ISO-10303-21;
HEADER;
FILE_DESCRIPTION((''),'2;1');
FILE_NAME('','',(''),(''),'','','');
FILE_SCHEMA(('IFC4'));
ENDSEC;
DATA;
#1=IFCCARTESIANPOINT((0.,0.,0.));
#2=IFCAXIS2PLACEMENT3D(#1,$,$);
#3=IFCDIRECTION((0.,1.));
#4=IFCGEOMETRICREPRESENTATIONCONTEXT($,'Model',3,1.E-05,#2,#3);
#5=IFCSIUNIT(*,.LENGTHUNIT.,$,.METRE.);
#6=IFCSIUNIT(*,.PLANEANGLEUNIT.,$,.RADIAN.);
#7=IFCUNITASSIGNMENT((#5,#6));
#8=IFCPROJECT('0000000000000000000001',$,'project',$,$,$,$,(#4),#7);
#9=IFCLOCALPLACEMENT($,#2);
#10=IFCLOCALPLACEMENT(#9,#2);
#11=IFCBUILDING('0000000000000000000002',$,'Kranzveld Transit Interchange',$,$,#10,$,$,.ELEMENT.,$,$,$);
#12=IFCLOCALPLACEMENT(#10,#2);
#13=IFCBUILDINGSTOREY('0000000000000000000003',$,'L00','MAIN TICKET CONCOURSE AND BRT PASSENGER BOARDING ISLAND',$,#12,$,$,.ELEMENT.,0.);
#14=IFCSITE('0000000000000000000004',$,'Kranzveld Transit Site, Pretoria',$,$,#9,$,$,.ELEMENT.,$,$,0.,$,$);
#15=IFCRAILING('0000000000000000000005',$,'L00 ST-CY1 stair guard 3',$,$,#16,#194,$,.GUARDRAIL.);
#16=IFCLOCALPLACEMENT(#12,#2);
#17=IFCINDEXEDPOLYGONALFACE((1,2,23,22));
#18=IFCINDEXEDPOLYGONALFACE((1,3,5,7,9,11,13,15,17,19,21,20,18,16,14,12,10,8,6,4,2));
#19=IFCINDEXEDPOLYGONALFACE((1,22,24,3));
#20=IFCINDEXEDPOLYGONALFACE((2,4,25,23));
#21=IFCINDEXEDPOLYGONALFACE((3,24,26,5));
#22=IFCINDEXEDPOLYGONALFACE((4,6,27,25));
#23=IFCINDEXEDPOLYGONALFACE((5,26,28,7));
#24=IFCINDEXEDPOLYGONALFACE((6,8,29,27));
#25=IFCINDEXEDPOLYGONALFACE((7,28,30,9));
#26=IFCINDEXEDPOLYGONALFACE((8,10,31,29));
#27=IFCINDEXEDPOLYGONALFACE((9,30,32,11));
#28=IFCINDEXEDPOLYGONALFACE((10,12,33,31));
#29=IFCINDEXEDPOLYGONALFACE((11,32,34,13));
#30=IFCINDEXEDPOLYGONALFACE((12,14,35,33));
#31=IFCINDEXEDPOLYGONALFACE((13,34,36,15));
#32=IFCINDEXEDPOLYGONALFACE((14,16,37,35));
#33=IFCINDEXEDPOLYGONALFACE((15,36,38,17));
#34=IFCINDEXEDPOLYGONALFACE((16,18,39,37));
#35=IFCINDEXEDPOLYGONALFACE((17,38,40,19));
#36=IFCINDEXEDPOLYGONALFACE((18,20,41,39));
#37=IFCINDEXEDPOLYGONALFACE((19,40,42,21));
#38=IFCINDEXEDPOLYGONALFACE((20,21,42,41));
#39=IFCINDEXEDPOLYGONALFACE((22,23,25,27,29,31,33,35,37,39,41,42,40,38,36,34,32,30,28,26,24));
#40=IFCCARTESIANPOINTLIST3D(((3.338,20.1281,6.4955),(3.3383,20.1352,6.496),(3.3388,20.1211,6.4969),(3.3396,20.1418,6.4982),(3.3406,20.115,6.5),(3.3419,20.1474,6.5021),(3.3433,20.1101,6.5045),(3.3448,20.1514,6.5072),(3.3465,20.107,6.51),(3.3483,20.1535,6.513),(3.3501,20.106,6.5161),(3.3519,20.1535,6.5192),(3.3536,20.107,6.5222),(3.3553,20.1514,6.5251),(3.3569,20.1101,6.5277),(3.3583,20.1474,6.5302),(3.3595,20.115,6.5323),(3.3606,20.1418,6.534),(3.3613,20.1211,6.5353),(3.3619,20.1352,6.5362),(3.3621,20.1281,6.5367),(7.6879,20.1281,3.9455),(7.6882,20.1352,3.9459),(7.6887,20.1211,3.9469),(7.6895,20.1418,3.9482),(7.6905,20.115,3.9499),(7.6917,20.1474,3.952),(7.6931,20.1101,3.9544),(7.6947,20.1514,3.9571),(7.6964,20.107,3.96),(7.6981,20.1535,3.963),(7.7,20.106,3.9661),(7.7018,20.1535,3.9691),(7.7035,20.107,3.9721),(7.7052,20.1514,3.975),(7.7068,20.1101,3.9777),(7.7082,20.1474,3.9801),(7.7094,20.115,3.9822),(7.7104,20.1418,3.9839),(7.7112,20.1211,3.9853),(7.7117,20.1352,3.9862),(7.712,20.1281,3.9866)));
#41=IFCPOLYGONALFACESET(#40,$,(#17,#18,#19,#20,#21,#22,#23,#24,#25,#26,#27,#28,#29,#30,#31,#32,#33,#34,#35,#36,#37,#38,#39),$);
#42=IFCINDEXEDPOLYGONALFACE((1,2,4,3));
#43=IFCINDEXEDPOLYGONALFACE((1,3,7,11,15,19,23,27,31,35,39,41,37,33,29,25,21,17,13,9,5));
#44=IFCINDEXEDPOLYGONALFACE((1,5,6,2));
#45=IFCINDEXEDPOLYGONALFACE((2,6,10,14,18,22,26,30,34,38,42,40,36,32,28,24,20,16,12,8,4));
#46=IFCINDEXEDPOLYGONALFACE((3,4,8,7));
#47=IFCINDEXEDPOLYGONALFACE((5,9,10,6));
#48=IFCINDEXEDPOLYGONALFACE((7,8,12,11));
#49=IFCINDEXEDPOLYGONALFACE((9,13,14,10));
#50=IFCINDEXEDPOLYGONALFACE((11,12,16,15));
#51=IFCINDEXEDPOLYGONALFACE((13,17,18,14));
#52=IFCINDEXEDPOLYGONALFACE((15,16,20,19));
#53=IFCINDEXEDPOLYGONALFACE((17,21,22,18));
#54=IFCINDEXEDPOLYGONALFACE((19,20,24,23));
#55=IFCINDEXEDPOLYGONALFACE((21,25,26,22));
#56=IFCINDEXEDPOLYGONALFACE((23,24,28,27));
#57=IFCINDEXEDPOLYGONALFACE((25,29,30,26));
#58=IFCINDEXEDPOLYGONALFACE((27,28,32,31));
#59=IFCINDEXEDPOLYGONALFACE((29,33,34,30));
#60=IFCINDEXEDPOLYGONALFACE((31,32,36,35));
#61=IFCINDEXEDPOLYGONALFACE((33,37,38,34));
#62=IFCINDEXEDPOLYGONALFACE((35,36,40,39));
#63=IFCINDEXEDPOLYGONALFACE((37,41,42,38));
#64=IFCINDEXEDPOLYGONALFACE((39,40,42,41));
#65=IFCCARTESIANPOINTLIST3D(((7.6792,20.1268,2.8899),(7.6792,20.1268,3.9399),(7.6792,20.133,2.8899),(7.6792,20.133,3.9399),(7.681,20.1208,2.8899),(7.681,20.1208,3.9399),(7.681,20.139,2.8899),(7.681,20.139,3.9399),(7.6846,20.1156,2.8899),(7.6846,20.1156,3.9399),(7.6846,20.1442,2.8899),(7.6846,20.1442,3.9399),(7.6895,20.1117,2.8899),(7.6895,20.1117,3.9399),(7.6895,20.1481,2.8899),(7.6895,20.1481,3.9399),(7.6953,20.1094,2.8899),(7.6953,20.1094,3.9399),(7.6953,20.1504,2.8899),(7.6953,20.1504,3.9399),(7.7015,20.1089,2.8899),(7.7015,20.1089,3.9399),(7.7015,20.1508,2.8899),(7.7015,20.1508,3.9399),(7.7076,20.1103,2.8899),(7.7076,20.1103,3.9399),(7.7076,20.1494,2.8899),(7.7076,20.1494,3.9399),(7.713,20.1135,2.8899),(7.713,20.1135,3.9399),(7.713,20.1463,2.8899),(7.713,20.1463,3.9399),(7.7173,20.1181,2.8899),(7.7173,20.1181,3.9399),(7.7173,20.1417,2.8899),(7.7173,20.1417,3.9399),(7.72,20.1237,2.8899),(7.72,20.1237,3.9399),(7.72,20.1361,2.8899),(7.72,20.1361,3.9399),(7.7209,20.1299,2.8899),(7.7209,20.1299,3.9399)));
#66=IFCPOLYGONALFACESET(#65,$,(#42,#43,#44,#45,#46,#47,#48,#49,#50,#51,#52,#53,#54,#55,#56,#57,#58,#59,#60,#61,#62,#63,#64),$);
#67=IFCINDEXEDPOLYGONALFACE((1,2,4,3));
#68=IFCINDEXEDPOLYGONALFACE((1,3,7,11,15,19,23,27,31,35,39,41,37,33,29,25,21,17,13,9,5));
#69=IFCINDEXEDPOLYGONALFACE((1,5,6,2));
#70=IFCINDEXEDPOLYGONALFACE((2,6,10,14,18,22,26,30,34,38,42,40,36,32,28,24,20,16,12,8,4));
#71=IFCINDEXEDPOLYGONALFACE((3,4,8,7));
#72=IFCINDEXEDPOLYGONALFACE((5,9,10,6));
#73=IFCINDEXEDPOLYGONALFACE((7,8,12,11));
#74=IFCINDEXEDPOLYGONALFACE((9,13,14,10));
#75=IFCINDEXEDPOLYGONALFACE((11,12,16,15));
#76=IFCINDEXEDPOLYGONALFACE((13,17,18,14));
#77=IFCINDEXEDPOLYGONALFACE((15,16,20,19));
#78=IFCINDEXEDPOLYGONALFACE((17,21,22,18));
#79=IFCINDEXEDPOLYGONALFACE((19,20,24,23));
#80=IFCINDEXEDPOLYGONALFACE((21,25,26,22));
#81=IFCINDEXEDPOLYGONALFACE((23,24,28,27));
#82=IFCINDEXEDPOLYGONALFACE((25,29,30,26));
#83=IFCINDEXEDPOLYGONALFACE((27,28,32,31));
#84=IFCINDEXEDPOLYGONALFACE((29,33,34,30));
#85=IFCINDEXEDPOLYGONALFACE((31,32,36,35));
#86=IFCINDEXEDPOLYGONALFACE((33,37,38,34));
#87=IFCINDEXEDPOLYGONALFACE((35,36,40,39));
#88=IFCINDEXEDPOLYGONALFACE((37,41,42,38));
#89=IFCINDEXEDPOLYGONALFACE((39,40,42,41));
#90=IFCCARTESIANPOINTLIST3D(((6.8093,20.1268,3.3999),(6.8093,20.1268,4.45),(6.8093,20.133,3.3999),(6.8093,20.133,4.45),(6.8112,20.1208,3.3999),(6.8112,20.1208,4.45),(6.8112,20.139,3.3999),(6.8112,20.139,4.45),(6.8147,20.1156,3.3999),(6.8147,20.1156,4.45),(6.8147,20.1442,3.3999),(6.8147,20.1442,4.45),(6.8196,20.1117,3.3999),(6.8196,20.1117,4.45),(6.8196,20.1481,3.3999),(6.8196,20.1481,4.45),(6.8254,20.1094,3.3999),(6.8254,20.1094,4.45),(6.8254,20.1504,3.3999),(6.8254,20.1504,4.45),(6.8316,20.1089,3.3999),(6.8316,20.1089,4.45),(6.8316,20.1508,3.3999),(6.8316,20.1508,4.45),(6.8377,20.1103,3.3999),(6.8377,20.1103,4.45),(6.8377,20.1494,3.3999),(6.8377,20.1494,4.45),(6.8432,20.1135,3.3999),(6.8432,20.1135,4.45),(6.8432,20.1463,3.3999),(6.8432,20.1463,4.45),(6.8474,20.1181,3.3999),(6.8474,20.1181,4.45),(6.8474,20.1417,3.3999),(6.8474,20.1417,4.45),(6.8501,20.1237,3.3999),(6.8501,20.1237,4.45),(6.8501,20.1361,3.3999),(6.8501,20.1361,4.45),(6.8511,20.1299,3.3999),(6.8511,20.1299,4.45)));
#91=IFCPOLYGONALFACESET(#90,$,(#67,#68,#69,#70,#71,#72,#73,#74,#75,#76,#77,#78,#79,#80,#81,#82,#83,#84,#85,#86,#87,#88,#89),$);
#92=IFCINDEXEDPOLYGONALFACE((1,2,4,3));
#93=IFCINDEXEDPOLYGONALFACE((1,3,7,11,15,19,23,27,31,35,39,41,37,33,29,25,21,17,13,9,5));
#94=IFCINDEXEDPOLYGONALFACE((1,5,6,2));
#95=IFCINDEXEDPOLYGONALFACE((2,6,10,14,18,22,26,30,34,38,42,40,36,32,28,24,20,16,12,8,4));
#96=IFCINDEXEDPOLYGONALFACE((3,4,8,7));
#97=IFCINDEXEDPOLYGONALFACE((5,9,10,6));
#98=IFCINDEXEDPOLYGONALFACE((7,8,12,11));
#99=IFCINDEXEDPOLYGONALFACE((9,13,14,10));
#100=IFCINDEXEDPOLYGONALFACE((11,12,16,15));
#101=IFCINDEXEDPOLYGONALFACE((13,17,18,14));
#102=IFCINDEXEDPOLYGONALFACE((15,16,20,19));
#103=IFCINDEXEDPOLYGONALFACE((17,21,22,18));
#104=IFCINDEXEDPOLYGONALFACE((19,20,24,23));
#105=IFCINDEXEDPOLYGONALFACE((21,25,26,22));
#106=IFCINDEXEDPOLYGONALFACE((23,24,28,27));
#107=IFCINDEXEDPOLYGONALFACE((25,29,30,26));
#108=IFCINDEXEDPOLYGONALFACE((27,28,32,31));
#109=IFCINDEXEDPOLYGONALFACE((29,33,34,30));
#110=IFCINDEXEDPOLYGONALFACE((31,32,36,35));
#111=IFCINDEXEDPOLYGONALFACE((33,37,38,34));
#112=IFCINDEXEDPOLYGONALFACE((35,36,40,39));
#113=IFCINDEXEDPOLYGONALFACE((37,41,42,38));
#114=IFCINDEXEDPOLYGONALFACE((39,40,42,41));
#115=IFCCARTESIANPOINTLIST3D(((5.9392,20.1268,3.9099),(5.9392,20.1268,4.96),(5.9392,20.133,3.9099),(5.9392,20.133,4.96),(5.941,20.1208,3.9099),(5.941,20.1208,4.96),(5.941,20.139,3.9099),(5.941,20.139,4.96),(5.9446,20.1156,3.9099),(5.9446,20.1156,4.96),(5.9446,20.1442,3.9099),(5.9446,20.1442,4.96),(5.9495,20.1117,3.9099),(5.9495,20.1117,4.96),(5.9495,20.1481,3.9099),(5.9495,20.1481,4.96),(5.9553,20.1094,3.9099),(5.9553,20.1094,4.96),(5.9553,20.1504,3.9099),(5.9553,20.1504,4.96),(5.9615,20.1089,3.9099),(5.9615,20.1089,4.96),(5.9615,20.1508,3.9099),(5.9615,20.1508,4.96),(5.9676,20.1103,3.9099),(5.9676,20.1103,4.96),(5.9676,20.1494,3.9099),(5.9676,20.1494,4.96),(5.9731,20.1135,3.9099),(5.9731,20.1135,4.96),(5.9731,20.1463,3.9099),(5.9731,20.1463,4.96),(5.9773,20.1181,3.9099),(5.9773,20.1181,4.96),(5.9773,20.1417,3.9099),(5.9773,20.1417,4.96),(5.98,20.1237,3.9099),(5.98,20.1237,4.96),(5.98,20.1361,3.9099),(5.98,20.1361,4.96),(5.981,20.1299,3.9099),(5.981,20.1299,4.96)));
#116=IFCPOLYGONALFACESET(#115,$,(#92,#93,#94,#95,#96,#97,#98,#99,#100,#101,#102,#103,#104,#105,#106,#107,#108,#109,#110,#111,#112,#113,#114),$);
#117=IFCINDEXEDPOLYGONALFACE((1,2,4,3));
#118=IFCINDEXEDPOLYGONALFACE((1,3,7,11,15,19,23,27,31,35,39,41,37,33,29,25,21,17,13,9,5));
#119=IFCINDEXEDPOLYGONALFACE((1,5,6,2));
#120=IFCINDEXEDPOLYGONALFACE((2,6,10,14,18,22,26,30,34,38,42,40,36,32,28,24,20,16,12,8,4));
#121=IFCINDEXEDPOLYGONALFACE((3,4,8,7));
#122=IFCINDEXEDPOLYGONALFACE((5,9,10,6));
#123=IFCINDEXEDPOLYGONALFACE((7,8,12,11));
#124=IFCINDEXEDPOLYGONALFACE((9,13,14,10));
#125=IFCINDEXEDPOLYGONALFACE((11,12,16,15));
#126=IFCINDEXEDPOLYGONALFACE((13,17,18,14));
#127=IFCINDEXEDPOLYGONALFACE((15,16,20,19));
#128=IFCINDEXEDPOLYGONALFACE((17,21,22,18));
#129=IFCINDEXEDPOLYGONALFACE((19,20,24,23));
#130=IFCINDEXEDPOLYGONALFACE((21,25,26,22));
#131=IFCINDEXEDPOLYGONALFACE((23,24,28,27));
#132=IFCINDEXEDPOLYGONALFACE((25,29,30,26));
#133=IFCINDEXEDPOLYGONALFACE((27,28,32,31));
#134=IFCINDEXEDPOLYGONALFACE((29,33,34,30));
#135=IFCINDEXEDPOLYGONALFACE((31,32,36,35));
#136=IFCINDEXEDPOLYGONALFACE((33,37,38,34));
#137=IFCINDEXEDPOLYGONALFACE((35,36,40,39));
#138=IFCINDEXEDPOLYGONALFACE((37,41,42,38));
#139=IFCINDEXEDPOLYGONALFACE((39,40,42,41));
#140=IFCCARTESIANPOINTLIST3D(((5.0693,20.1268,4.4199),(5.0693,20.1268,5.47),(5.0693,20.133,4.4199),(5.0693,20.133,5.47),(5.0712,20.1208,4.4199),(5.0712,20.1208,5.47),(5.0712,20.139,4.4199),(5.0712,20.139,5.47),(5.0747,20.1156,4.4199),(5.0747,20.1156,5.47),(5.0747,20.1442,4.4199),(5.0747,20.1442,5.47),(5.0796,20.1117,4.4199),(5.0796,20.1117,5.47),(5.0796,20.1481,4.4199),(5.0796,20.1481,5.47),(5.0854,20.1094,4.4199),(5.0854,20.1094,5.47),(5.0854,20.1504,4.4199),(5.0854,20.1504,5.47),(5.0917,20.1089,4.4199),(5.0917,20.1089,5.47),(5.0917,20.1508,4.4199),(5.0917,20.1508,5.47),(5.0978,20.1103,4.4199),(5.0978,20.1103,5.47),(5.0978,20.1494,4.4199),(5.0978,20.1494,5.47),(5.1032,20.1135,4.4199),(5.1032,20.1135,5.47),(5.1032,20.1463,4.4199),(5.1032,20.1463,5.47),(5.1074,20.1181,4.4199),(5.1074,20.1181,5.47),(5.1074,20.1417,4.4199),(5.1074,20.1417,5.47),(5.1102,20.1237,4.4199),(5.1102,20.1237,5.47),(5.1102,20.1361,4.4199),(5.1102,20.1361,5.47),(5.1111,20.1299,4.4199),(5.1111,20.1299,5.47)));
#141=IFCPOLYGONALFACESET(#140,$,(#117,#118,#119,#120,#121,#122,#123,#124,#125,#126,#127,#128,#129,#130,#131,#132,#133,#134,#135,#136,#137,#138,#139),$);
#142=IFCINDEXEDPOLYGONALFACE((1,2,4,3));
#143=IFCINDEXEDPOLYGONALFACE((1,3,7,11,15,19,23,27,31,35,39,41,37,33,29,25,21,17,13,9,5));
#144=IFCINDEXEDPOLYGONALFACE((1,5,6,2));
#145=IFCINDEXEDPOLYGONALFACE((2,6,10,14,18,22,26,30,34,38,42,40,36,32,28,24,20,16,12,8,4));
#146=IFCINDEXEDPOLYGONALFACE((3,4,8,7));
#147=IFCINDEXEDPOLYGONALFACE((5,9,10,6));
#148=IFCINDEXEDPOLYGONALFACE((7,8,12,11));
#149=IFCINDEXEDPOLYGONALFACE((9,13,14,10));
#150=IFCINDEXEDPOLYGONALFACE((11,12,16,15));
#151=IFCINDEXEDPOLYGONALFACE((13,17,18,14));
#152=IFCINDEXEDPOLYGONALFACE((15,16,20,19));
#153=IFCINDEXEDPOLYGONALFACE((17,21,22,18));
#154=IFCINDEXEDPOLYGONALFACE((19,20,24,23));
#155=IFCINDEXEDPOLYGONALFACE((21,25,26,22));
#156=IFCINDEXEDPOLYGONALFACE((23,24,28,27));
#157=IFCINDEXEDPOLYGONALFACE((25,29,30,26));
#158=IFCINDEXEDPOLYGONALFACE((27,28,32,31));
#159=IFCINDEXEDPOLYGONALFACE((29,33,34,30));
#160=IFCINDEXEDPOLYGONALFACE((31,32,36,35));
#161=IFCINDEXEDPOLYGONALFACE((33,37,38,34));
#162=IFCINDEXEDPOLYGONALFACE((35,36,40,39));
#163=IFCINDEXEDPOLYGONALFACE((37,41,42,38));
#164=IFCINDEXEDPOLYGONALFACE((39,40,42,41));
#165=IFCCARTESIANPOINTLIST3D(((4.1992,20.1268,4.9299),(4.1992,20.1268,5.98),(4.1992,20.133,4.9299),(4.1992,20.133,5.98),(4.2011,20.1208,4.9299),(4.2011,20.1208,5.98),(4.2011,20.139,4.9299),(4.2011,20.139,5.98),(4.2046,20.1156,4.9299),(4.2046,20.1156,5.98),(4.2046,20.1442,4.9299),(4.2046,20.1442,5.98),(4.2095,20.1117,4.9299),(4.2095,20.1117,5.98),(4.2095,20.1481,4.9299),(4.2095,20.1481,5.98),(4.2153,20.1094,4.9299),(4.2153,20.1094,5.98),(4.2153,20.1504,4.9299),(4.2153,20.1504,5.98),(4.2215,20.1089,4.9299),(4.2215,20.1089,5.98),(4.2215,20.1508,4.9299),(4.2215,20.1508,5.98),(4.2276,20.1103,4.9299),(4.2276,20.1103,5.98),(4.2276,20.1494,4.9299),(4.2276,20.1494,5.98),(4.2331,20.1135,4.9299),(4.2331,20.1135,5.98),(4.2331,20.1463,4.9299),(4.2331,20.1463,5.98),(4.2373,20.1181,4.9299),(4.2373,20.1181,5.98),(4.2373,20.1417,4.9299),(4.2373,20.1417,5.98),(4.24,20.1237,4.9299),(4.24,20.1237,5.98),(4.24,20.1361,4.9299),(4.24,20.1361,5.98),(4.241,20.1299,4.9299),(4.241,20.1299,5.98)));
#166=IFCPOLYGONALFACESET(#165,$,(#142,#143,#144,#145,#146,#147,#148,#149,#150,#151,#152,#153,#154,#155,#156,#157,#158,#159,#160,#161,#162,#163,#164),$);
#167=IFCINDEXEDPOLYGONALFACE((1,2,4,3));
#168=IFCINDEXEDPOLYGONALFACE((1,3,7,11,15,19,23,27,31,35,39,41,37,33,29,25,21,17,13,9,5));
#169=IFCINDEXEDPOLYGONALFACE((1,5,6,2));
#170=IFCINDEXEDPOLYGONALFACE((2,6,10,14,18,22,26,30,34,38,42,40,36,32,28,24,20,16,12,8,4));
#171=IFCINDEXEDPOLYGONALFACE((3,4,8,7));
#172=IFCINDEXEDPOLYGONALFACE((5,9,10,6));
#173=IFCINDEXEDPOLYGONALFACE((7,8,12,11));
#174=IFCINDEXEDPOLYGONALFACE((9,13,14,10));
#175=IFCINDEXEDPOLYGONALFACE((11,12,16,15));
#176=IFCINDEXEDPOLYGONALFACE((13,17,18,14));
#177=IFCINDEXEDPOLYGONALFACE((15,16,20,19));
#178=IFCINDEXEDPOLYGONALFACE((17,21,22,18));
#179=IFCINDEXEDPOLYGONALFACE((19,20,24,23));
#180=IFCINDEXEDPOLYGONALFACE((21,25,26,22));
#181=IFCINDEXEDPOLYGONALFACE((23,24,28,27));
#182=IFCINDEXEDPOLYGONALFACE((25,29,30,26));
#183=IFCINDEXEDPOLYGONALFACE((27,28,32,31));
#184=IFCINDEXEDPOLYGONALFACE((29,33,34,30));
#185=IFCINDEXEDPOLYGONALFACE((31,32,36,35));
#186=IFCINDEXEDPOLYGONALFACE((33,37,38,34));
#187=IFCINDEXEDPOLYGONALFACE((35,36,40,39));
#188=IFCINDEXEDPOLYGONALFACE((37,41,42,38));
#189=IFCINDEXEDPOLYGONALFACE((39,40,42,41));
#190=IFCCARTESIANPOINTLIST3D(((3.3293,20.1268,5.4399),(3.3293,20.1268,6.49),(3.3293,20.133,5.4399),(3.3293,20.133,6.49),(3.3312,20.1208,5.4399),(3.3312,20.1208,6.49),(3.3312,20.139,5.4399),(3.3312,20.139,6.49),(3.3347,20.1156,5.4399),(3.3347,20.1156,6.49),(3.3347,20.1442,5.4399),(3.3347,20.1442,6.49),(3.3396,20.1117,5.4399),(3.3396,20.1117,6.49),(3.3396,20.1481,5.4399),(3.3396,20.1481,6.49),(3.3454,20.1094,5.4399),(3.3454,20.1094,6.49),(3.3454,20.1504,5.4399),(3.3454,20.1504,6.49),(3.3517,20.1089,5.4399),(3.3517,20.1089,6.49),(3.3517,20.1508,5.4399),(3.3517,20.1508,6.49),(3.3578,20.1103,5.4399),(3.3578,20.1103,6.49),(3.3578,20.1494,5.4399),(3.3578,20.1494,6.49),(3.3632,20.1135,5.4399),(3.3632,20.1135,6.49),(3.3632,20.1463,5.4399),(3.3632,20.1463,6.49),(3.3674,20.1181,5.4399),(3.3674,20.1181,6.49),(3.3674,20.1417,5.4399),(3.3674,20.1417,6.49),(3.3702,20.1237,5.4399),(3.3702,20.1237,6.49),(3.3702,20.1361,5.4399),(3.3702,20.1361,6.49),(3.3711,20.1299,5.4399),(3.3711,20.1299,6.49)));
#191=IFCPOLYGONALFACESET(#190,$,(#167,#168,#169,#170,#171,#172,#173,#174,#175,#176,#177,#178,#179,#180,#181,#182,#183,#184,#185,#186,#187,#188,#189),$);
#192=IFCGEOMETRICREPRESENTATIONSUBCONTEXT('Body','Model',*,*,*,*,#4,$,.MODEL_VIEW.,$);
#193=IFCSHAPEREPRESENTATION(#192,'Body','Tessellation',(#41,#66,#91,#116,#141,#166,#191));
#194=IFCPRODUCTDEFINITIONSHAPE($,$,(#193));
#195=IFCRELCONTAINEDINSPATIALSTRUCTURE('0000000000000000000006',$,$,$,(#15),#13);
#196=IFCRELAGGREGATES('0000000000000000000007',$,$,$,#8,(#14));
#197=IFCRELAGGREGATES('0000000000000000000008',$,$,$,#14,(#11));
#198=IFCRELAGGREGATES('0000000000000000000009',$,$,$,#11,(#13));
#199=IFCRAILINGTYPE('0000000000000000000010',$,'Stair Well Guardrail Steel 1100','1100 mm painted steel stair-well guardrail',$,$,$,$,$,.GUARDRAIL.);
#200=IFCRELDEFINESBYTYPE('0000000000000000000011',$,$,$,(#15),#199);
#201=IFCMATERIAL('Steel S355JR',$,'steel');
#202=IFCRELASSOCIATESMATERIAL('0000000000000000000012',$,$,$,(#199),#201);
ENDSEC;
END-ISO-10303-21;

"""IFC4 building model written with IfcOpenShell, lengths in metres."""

from ifc_helpers import new_model, si_unit, direction, frame, origin, origin_2d, place, context, subcontext, project, spatial, circle, extrude, material, type_object, element, save


model = new_model("IFC4")

# Units and contexts
model_context = context("Model", 3, precision=1e-05, world=origin(), true_north=direction((0.0, 1.0)))
body_context = subcontext(model_context, "Body", "Model", "MODEL_VIEW")
ifc_project = project(units=[si_unit("LENGTHUNIT", "METRE"), si_unit("PLANEANGLEUNIT", "RADIAN")], contexts=[model_context])

# Site, building, storey
site_placement = place(None, origin())
site = spatial("IfcSite", under=ifc_project, at=site_placement, Name="Kranzveld Transit Site, Pretoria", CompositionType="ELEMENT", RefElevation=0.0)
building_placement = place(site_placement, origin())
building = spatial("IfcBuilding", under=site, at=building_placement, Name="Kranzveld Transit Interchange", CompositionType="ELEMENT")
storey_placement = place(building_placement, origin())
storey = spatial("IfcBuildingStorey", under=building, at=storey_placement, Name="L00", Description="MAIN TICKET CONCOURSE AND BRT PASSENGER BOARDING ISLAND", CompositionType="ELEMENT", Elevation=0.0)

# Railing
ifc_material_1 = material(Name="Steel S355JR", Category="steel")
railing_type_1 = type_object("IfcRailingType", Name="Stair Well Guardrail Steel 1100", Description="1100 mm painted steel stair-well guardrail", PredefinedType="GUARDRAIL", material=ifc_material_1)
railing_1_placement = place(storey_placement, frame((7.7, 20.1299, 2.8899)))
element("IfcRailing", 1, at=railing_1_placement, inside=storey, type_object=railing_type_1, Name="L00 ST-CY1 stair guard 3", PredefinedType="GUARDRAIL", context=body_context, shape_type="SweptSolid", body=[
    extrude(circle(Radius=0.0239, at=origin_2d()), frame((0.0, 0.0, 1.0762), z_axis=(-0.862686, 0.0, 0.505739), x_axis=(0.0, -1.0, 0.0)), (0.0, 0.0, 1.0), 5.0422),
    extrude(circle(Radius=0.021, at=origin_2d()), origin(), (0.0, 0.0, 1.0), 1.05),
    extrude(circle(Radius=0.021, at=origin_2d()), frame((-0.8699, 0.0, 0.51)), (0.0, 0.0, 1.0), 1.05),
    extrude(circle(Radius=0.021, at=origin_2d()), frame((-1.74, 0.0, 1.02)), (0.0, 0.0, 1.0), 1.05),
    extrude(circle(Radius=0.021, at=origin_2d()), frame((-2.6099, 0.0, 1.53)), (0.0, 0.0, 1.0), 1.05),
    extrude(circle(Radius=0.021, at=origin_2d()), frame((-3.48, 0.0, 2.04)), (0.0, 0.0, 1.0), 1.05),
    extrude(circle(Radius=0.021, at=origin_2d()), frame((-4.3499, 0.0, 2.55)), (0.0, 0.0, 1.0), 1.05),
])

save(model, "model.ifc")
